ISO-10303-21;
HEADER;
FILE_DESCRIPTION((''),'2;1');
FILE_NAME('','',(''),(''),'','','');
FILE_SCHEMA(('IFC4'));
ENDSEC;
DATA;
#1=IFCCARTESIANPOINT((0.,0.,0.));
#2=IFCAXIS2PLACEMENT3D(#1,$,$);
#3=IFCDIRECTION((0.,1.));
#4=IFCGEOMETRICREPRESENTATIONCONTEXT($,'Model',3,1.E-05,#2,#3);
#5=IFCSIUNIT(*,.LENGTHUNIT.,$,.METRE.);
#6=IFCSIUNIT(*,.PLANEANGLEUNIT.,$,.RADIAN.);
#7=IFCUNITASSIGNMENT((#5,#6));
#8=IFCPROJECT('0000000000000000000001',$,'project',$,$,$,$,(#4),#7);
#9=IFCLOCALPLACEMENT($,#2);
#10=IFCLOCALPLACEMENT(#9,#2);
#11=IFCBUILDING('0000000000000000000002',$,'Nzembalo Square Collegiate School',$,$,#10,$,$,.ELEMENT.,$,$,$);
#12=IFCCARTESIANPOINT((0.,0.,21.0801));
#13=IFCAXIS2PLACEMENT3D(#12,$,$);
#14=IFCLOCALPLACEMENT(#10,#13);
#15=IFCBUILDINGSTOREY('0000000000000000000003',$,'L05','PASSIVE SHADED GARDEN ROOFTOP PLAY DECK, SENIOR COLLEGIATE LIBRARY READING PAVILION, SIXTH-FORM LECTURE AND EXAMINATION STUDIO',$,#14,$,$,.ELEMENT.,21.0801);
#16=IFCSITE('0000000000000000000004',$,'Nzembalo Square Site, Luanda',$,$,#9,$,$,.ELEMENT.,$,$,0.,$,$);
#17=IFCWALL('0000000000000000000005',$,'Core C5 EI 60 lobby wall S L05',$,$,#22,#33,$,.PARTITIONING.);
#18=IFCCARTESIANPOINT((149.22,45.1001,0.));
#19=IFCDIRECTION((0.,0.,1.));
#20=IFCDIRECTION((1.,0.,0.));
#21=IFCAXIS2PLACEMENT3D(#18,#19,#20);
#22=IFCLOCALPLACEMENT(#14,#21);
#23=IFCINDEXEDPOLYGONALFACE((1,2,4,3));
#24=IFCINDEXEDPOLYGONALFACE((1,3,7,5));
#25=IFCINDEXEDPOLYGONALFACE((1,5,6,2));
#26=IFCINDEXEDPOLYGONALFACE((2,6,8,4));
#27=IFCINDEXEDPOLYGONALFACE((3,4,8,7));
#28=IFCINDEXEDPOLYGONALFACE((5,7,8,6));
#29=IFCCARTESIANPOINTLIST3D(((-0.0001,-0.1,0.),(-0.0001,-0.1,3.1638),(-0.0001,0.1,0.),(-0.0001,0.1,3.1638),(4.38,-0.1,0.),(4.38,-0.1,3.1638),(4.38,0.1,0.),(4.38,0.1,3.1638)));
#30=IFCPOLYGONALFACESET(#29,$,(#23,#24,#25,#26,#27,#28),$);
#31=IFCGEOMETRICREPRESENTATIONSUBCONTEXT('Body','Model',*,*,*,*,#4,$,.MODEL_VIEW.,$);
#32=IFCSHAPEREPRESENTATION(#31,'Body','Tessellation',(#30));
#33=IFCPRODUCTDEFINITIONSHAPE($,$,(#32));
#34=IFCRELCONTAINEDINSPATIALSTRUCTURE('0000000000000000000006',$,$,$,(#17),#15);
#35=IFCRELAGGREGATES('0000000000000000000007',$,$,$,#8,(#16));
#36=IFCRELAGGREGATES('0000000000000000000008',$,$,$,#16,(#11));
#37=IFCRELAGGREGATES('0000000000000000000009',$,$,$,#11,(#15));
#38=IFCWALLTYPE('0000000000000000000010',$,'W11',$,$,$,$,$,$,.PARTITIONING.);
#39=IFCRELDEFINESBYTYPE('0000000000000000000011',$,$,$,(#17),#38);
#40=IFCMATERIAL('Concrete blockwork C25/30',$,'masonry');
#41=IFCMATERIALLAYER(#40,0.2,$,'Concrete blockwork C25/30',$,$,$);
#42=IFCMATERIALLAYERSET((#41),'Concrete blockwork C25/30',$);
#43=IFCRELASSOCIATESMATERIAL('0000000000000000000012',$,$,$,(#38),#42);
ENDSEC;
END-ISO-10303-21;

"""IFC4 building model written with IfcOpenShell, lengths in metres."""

from ifc_helpers import new_model, si_unit, direction, frame, frame_2d, origin, place, context, subcontext, project, spatial, rectangle, extrude, material, layer, layer_set, type_object, element, save


model = new_model("IFC4")

# Units and contexts
model_context = context("Model", 3, precision=1e-05, world=origin(), true_north=direction((0.0, 1.0)))
body_context = subcontext(model_context, "Body", "Model", "MODEL_VIEW")
ifc_project = project(units=[si_unit("LENGTHUNIT", "METRE"), si_unit("PLANEANGLEUNIT", "RADIAN")], contexts=[model_context])

# Site, building, storey
site_placement = place(None, origin())
site = spatial("IfcSite", under=ifc_project, at=site_placement, Name="Nzembalo Square Site, Luanda", CompositionType="ELEMENT", RefElevation=0.0)
building_placement = place(site_placement, origin())
building = spatial("IfcBuilding", under=site, at=building_placement, Name="Nzembalo Square Collegiate School", CompositionType="ELEMENT")
storey_placement = place(building_placement, frame((0.0, 0.0, 21.0801)))
storey = spatial("IfcBuildingStorey", under=building, at=storey_placement, Name="L05", Description="PASSIVE SHADED GARDEN ROOFTOP PLAY DECK, SENIOR COLLEGIATE LIBRARY READING PAVILION, SIXTH-FORM LECTURE AND EXAMINATION STUDIO", CompositionType="ELEMENT", Elevation=21.0801)

# Shared definitions
ifc_material_1 = material(Name="Concrete blockwork C25/30", Category="masonry")
ifc_layer_1 = layer(ifc_material_1, 0.2, Name="Concrete blockwork C25/30")
ifc_layer_set_1 = layer_set([ifc_layer_1], Name="Concrete blockwork C25/30")
wall_type_1 = type_object("IfcWallType", Name="W11", PredefinedType="PARTITIONING", material=ifc_layer_set_1)

# Wall
wall_1_placement = place(storey_placement, frame((149.22, 45.1001, 0.0), z_axis=(0.0, 0.0, 1.0), x_axis=(1.0, 0.0, 0.0)))
element("IfcWall", 1, at=wall_1_placement, inside=storey, type_object=wall_type_1, Name="Core C5 EI 60 lobby wall S L05", PredefinedType="PARTITIONING", context=body_context, shape_type="SweptSolid", body=[
    extrude(rectangle(XDim=4.3801, YDim=0.2, at=frame_2d((2.1899, 0.0))), origin(), (0.0, 0.0, 1.0), 3.1638),
])

save(model, "model.ifc")
